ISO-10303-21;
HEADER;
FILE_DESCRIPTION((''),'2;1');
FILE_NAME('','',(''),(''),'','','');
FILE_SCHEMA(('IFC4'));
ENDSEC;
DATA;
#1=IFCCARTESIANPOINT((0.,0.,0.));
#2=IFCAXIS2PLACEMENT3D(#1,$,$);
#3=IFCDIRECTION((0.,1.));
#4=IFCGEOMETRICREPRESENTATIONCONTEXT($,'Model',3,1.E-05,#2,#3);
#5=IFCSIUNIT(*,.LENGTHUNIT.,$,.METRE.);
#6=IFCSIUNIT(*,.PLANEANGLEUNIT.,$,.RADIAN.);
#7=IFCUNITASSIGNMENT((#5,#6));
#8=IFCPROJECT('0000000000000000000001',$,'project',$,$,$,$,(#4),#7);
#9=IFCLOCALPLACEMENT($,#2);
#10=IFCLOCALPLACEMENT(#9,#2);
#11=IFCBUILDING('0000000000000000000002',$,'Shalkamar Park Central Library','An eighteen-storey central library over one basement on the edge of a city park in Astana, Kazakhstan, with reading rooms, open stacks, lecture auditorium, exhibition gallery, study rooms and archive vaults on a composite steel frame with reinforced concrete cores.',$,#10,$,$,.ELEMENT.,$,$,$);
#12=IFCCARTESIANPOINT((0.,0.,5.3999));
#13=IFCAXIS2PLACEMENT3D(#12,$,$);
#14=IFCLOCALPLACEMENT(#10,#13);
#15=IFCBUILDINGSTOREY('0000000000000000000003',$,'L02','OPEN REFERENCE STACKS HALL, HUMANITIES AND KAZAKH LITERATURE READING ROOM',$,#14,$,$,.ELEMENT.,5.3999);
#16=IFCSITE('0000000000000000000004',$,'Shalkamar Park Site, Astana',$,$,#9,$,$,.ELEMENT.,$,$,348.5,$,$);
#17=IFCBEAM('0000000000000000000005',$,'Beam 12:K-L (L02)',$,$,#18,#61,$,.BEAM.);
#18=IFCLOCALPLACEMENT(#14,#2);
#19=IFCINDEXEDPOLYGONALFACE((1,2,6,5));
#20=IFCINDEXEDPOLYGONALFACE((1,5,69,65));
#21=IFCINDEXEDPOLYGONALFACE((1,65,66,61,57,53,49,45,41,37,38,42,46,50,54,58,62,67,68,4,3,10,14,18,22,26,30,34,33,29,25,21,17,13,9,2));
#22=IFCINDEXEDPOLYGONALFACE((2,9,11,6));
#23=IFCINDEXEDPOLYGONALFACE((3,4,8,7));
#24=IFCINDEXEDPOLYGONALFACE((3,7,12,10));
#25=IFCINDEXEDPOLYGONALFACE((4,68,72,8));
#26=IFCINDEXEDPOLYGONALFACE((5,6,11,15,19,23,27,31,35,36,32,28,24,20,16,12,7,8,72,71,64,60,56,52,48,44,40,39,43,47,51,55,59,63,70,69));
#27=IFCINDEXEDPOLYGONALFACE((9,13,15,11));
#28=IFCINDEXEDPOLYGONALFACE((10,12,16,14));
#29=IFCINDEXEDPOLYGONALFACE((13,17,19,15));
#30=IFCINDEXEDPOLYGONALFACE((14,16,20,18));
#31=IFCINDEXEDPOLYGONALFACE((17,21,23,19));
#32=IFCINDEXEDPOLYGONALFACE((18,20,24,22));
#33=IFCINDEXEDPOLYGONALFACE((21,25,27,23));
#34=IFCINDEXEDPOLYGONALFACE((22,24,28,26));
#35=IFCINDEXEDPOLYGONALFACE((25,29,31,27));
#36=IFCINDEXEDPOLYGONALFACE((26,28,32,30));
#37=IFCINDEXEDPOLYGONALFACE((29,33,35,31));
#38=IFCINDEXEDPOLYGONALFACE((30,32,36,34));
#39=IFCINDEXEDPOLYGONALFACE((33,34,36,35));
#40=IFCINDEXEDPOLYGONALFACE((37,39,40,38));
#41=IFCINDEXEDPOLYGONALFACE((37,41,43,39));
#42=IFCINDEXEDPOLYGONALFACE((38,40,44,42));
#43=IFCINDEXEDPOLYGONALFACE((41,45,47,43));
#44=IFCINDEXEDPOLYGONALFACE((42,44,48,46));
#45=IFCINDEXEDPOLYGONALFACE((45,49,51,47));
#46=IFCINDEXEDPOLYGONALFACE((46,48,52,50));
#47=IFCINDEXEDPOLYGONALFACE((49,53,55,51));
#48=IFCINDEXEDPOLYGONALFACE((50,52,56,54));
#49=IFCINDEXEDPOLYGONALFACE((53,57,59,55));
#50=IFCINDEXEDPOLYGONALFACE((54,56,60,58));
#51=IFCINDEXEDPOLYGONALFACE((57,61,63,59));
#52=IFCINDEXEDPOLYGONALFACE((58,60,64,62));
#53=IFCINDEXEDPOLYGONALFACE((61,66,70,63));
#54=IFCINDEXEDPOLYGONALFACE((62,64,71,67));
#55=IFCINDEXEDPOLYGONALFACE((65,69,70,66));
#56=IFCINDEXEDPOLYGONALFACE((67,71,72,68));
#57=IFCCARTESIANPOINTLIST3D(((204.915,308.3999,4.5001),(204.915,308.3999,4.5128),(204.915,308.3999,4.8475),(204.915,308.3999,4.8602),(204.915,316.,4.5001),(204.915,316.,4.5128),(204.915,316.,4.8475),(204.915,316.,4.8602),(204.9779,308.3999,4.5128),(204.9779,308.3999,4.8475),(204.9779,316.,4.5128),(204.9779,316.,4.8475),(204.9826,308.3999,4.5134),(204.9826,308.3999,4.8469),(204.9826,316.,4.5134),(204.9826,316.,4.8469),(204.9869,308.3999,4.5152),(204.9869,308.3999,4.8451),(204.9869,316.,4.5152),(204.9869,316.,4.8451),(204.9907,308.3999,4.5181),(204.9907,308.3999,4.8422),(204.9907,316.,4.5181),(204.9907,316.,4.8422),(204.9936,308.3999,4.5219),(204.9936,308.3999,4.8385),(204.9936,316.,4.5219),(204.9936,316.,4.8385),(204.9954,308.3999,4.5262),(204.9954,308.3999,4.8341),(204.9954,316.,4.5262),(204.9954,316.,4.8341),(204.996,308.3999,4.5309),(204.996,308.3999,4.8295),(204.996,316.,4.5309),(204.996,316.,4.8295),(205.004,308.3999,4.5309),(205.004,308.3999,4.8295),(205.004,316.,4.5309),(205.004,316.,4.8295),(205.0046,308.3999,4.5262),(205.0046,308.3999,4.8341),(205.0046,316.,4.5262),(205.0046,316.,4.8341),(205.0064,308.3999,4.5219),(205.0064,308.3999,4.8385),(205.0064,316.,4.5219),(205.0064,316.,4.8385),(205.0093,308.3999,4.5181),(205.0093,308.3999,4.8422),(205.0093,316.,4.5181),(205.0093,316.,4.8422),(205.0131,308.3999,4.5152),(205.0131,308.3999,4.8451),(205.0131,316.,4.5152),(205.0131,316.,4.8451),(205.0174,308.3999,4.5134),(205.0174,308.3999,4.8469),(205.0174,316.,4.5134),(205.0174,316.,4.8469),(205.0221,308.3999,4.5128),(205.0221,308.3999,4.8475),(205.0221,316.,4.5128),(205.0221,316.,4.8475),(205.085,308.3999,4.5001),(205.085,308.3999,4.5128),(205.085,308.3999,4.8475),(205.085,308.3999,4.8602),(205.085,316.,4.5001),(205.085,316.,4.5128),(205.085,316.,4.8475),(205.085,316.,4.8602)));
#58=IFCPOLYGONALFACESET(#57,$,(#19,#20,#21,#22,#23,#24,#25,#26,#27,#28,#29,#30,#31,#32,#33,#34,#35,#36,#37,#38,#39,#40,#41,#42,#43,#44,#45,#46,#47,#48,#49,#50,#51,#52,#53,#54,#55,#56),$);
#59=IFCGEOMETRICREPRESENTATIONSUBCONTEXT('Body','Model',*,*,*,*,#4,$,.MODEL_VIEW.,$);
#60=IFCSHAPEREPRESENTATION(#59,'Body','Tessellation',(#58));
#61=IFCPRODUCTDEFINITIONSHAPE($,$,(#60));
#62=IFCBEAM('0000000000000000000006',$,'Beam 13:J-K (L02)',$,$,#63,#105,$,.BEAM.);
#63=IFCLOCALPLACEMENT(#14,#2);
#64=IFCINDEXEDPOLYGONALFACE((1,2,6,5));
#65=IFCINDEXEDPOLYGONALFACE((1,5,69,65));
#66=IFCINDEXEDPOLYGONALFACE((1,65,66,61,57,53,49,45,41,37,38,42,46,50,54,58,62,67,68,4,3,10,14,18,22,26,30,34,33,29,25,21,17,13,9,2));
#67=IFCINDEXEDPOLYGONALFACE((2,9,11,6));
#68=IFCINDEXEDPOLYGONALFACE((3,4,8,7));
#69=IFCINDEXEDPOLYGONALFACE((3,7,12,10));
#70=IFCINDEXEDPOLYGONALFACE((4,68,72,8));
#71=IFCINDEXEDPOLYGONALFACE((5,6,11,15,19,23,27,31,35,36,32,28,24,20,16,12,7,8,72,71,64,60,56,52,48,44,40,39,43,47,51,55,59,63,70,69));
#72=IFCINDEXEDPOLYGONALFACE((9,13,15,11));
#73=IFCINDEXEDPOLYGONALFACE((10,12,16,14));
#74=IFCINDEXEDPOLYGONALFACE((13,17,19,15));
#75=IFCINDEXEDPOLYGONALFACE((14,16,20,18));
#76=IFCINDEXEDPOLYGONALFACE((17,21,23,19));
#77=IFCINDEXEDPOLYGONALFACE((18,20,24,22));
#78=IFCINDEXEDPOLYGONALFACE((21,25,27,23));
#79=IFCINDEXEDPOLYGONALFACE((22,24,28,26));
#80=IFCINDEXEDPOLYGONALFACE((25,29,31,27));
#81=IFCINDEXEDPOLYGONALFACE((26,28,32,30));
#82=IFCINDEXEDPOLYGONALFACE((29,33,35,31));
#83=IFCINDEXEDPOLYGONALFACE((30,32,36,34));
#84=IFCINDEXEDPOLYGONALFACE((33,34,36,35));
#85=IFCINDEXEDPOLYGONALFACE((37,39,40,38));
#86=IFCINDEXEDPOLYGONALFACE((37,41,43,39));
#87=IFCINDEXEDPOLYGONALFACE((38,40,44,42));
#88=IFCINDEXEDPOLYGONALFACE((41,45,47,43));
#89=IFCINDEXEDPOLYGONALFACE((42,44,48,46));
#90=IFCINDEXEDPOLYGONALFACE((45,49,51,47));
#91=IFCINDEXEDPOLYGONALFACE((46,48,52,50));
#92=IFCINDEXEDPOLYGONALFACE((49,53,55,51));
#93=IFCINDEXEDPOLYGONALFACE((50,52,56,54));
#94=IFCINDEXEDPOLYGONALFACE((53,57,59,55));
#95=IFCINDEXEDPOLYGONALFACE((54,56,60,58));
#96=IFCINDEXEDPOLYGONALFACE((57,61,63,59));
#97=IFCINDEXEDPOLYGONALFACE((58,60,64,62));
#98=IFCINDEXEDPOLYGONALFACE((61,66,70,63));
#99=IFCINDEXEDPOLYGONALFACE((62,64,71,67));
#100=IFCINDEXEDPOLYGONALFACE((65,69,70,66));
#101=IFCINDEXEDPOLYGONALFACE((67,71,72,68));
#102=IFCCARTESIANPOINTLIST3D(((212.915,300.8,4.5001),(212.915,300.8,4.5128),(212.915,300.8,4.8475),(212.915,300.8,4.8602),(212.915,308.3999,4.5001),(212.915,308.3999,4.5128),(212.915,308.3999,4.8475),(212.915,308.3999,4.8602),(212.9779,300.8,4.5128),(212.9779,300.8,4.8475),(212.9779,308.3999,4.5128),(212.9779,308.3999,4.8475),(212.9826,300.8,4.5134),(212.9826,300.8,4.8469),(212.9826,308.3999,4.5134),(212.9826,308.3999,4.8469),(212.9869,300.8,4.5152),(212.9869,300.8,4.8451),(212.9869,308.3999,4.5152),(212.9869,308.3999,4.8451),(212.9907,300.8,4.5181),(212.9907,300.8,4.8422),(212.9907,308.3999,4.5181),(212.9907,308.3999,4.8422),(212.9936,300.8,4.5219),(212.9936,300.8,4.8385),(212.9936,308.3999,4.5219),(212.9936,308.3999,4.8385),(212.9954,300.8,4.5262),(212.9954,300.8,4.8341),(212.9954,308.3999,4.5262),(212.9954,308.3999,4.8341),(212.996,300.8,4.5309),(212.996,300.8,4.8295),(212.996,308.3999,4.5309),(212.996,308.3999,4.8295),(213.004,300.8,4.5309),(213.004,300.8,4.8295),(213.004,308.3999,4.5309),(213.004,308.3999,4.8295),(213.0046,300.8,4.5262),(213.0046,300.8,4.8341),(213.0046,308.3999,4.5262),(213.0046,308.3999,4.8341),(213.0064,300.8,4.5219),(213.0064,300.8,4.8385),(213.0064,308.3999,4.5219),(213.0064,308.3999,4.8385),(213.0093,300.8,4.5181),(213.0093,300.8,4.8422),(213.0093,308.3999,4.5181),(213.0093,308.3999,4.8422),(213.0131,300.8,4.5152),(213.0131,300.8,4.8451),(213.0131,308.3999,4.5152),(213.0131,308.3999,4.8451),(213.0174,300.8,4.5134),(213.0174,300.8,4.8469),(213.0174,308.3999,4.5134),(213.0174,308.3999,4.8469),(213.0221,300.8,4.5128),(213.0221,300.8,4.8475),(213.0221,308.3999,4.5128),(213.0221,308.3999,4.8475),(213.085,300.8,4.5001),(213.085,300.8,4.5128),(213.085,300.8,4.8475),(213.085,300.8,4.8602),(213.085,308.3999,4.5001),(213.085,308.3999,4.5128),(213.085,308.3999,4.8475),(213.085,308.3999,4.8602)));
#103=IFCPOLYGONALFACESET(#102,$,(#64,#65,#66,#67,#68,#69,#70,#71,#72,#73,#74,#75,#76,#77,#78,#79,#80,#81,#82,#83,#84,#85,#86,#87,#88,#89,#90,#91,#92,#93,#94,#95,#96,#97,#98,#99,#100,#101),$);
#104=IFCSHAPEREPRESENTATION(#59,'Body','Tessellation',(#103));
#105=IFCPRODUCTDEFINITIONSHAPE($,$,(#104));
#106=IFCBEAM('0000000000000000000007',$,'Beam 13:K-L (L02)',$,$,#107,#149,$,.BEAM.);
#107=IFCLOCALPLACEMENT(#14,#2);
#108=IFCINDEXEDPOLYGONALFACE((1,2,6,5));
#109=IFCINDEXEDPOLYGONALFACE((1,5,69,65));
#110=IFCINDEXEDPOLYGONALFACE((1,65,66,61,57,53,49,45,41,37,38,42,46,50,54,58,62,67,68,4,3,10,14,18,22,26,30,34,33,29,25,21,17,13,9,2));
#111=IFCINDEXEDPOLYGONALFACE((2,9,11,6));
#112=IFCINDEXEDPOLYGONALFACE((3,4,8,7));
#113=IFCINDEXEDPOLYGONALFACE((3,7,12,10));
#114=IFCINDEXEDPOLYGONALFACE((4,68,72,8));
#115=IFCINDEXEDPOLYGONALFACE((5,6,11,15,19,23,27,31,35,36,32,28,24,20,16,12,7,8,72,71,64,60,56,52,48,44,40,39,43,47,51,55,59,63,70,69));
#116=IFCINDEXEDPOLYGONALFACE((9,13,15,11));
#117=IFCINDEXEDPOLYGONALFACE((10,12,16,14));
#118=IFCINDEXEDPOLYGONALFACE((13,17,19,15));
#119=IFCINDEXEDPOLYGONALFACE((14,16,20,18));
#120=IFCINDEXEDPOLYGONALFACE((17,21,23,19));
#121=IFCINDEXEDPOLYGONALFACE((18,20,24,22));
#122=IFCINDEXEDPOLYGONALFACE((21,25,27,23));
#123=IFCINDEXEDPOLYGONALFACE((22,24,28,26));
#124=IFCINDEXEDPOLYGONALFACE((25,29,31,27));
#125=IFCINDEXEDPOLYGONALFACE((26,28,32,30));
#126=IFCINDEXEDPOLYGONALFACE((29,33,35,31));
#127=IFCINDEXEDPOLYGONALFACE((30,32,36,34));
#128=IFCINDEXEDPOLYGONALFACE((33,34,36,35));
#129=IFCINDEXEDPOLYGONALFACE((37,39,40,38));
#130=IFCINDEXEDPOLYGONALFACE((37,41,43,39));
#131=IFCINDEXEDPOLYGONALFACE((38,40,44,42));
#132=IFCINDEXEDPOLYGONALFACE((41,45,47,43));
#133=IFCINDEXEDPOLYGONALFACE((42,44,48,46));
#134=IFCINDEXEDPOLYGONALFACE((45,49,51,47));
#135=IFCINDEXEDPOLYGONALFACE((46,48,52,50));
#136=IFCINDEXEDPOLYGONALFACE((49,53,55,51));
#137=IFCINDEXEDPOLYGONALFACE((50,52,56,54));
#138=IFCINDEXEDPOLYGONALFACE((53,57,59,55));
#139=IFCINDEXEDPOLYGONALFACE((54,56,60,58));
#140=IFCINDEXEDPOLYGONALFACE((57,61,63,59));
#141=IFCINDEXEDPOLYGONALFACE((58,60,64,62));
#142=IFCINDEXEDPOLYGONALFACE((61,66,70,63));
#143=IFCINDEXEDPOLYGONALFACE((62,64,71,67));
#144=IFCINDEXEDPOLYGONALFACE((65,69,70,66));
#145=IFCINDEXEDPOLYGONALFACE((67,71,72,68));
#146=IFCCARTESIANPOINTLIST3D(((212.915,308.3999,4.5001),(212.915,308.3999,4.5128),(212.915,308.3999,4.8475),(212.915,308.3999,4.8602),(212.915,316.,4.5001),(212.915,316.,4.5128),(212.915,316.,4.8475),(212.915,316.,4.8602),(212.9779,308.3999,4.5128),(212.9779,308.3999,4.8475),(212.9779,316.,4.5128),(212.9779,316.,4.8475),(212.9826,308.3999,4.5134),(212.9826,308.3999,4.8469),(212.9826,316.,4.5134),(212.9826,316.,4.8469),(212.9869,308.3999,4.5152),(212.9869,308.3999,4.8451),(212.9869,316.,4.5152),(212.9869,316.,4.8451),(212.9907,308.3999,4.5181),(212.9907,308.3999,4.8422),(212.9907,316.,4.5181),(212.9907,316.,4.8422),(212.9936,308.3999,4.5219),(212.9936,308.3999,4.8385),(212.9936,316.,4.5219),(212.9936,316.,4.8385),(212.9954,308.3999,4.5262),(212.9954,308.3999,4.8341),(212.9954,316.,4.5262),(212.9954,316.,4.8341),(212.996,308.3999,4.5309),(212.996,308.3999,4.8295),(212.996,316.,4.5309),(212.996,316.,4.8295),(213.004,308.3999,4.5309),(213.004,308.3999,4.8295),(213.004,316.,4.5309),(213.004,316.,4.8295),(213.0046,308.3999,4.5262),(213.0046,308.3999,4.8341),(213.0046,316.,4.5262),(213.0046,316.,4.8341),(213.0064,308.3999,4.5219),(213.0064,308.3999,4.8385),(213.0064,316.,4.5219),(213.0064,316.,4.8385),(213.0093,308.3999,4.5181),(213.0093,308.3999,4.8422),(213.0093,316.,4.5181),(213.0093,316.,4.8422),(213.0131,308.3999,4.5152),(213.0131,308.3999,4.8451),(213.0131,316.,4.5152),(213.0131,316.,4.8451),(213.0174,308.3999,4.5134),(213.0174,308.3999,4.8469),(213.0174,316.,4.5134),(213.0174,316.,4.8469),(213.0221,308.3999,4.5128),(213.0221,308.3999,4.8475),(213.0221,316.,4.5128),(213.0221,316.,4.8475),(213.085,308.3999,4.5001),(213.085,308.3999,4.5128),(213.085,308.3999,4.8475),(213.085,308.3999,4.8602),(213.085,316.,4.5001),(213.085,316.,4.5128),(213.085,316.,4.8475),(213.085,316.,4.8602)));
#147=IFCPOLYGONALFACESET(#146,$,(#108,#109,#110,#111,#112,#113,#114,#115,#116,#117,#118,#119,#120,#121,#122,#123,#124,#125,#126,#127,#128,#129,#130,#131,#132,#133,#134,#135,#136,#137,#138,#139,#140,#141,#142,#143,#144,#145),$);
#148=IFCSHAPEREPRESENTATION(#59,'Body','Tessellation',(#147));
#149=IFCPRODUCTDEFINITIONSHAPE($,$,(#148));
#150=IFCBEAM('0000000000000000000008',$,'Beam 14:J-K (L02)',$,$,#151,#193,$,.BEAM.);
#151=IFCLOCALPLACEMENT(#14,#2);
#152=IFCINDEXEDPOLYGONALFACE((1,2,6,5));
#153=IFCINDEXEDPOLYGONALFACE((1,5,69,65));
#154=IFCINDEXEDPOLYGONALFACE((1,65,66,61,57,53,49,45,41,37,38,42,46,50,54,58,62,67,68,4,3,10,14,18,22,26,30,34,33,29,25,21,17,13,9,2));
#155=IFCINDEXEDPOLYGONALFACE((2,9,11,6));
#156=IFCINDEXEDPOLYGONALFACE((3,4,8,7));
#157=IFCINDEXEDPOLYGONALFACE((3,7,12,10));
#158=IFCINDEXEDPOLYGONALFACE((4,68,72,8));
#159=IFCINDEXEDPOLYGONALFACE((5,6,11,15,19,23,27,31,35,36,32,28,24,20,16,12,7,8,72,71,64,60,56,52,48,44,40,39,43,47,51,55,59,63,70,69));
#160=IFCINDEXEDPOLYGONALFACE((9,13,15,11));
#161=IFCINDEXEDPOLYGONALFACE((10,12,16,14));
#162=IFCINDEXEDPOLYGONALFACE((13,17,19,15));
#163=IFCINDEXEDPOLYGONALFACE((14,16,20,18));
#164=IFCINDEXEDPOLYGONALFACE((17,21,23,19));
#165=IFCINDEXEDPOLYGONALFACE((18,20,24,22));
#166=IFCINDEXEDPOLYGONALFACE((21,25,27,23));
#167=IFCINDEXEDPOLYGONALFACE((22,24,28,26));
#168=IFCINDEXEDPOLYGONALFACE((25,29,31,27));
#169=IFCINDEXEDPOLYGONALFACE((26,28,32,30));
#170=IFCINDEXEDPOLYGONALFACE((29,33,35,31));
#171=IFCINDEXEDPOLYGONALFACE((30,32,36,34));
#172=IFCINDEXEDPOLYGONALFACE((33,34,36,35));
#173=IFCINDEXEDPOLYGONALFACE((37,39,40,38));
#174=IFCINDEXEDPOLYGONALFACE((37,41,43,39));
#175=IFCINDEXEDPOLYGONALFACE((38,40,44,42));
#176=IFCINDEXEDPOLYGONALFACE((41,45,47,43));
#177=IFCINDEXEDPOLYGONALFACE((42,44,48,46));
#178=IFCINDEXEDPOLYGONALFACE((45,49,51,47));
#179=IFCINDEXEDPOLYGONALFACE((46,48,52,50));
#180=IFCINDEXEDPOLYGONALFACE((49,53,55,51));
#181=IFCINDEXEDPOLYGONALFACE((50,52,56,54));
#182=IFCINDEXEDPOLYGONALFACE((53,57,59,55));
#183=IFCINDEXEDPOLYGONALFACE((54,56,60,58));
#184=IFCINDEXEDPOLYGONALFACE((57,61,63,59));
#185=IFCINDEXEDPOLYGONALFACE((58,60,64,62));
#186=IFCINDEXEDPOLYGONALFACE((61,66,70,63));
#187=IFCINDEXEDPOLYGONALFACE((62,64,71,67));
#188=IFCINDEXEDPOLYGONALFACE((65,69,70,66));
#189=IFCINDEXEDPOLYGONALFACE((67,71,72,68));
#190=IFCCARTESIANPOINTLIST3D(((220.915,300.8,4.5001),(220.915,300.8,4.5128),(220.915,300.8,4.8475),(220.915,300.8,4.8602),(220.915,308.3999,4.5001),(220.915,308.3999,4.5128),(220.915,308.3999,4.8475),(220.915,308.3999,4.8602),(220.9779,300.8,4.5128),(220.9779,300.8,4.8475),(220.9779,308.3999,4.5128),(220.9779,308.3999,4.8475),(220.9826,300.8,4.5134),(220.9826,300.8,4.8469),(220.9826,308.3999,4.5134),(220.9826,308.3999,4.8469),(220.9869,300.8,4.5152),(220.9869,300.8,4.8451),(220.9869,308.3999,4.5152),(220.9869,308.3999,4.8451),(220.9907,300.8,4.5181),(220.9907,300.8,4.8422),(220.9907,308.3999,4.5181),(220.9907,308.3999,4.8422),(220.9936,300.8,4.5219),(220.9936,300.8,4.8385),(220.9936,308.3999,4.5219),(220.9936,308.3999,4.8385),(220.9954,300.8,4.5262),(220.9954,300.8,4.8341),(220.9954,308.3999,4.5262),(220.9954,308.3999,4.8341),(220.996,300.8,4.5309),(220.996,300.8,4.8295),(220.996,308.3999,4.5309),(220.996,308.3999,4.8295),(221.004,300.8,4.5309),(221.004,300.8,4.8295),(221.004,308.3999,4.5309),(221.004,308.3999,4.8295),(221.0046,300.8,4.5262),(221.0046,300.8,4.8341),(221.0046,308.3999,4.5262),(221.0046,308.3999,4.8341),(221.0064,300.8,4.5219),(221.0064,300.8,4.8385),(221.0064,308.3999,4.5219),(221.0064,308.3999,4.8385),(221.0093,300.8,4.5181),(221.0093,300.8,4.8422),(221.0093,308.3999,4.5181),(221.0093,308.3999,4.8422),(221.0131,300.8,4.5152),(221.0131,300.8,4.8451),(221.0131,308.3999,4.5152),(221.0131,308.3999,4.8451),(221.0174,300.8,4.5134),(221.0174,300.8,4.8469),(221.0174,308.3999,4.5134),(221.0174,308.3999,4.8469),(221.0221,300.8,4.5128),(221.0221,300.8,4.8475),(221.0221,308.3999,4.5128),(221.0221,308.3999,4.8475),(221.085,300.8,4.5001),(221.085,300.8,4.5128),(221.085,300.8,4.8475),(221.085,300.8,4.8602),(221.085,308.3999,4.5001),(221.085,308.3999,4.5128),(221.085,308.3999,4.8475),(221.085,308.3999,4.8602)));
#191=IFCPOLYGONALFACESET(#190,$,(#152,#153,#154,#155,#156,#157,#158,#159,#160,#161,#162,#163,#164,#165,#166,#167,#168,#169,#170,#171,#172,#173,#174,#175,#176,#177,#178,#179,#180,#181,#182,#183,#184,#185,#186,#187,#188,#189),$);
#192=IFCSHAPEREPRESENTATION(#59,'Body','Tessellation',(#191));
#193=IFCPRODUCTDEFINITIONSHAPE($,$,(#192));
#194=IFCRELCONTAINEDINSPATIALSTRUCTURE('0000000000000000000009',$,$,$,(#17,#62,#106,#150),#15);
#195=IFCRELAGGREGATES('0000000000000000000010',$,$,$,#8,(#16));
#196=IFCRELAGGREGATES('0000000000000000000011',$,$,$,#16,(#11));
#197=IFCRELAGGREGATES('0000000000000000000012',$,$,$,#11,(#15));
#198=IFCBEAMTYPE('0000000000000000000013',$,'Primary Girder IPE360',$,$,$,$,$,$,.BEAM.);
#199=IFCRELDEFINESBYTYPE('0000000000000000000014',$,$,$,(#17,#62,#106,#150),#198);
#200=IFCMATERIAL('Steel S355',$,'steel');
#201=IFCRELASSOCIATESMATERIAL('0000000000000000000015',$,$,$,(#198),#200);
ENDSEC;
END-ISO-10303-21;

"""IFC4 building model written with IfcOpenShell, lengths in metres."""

from ifc_helpers import new_model, si_unit, direction, frame, origin, origin_2d, place, context, subcontext, project, spatial, i_section, extrude, material, material_profile, profile_set, type_object, element, save


model = new_model("IFC4")

# Units and contexts
model_context = context("Model", 3, precision=1e-05, world=origin(), true_north=direction((0.0, 1.0)))
body_context = subcontext(model_context, "Body", "Model", "MODEL_VIEW")
ifc_project = project(units=[si_unit("LENGTHUNIT", "METRE"), si_unit("PLANEANGLEUNIT", "RADIAN")], contexts=[model_context])

# Site, building, storey
site_placement = place(None, origin())
site = spatial("IfcSite", under=ifc_project, at=site_placement, Name="Shalkamar Park Site, Astana", CompositionType="ELEMENT", RefElevation=348.5)
building_placement = place(site_placement, origin())
building = spatial("IfcBuilding", under=site, at=building_placement, Name="Shalkamar Park Central Library", Description="An eighteen-storey central library over one basement on the edge of a city park in Astana, Kazakhstan, with reading rooms, open stacks, lecture auditorium, exhibition gallery, study rooms and archive vaults on a composite steel frame with reinforced concrete cores.", CompositionType="ELEMENT")
storey_placement = place(building_placement, frame((0.0, 0.0, 5.3999)))
storey = spatial("IfcBuildingStorey", under=building, at=storey_placement, Name="L02", Description="OPEN REFERENCE STACKS HALL, HUMANITIES AND KAZAKH LITERATURE READING ROOM", CompositionType="ELEMENT", Elevation=5.3999)

# Shared definitions
ifc_material_1 = material(Name="Steel S355", Category="steel")

# Beams
ifc_material_profile_1 = material_profile(ifc_material_1, i_section(OverallWidth=0.1699, OverallDepth=0.3601, WebThickness=0.0081, FlangeThickness=0.0127, FilletRadius=0.0181, at=origin_2d()), Name="IPE 360")
ifc_profile_set_1 = profile_set([ifc_material_profile_1], Name="Steel S355")
beam_type_1 = type_object("IfcBeamType", Name="Primary Girder IPE360", PredefinedType="BEAM", material=ifc_profile_set_1)
beam_1_placement = place(storey_placement, frame((205.0, 308.3999, 4.6802), z_axis=(0.0, 1.0, 0.0), x_axis=(-1.0, 0.0, 0.0)))
element("IfcBeam", 1, at=beam_1_placement, inside=storey, type_object=beam_type_1, Name="Beam 12:K-L (L02)", PredefinedType="BEAM", context=body_context, shape_type="SweptSolid", body=[
    extrude(i_section(OverallWidth=0.1699, OverallDepth=0.3601, WebThickness=0.0081, FlangeThickness=0.0127, FilletRadius=0.0181, at=origin_2d()), origin(), (0.0, 0.0, 1.0), 7.6001),
])
beam_2_placement = place(storey_placement, frame((213.0, 300.8, 4.6802), z_axis=(0.0, 1.0, 0.0), x_axis=(-1.0, 0.0, 0.0)))
element("IfcBeam", 2, at=beam_2_placement, inside=storey, type_object=beam_type_1, Name="Beam 13:J-K (L02)", PredefinedType="BEAM", context=body_context, shape_type="SweptSolid", body=[
    extrude(i_section(OverallWidth=0.1699, OverallDepth=0.3601, WebThickness=0.0081, FlangeThickness=0.0127, FilletRadius=0.0181, at=origin_2d()), origin(), (0.0, 0.0, 1.0), 7.5999),
])
beam_3_placement = place(storey_placement, frame((213.0, 308.3999, 4.6802), z_axis=(0.0, 1.0, 0.0), x_axis=(-1.0, 0.0, 0.0)))
element("IfcBeam", 3, at=beam_3_placement, inside=storey, type_object=beam_type_1, Name="Beam 13:K-L (L02)", PredefinedType="BEAM", context=body_context, shape_type="SweptSolid", body=[
    extrude(i_section(OverallWidth=0.1699, OverallDepth=0.3601, WebThickness=0.0081, FlangeThickness=0.0127, FilletRadius=0.0181, at=origin_2d()), origin(), (0.0, 0.0, 1.0), 7.6001),
])
beam_4_placement = place(storey_placement, frame((221.0, 300.8, 4.6802), z_axis=(0.0, 1.0, 0.0), x_axis=(-1.0, 0.0, 0.0)))
element("IfcBeam", 4, at=beam_4_placement, inside=storey, type_object=beam_type_1, Name="Beam 14:J-K (L02)", PredefinedType="BEAM", context=body_context, shape_type="SweptSolid", body=[
    extrude(i_section(OverallWidth=0.1699, OverallDepth=0.3601, WebThickness=0.0081, FlangeThickness=0.0127, FilletRadius=0.0181, at=origin_2d()), origin(), (0.0, 0.0, 1.0), 7.5999),
])

save(model, "model.ifc")
